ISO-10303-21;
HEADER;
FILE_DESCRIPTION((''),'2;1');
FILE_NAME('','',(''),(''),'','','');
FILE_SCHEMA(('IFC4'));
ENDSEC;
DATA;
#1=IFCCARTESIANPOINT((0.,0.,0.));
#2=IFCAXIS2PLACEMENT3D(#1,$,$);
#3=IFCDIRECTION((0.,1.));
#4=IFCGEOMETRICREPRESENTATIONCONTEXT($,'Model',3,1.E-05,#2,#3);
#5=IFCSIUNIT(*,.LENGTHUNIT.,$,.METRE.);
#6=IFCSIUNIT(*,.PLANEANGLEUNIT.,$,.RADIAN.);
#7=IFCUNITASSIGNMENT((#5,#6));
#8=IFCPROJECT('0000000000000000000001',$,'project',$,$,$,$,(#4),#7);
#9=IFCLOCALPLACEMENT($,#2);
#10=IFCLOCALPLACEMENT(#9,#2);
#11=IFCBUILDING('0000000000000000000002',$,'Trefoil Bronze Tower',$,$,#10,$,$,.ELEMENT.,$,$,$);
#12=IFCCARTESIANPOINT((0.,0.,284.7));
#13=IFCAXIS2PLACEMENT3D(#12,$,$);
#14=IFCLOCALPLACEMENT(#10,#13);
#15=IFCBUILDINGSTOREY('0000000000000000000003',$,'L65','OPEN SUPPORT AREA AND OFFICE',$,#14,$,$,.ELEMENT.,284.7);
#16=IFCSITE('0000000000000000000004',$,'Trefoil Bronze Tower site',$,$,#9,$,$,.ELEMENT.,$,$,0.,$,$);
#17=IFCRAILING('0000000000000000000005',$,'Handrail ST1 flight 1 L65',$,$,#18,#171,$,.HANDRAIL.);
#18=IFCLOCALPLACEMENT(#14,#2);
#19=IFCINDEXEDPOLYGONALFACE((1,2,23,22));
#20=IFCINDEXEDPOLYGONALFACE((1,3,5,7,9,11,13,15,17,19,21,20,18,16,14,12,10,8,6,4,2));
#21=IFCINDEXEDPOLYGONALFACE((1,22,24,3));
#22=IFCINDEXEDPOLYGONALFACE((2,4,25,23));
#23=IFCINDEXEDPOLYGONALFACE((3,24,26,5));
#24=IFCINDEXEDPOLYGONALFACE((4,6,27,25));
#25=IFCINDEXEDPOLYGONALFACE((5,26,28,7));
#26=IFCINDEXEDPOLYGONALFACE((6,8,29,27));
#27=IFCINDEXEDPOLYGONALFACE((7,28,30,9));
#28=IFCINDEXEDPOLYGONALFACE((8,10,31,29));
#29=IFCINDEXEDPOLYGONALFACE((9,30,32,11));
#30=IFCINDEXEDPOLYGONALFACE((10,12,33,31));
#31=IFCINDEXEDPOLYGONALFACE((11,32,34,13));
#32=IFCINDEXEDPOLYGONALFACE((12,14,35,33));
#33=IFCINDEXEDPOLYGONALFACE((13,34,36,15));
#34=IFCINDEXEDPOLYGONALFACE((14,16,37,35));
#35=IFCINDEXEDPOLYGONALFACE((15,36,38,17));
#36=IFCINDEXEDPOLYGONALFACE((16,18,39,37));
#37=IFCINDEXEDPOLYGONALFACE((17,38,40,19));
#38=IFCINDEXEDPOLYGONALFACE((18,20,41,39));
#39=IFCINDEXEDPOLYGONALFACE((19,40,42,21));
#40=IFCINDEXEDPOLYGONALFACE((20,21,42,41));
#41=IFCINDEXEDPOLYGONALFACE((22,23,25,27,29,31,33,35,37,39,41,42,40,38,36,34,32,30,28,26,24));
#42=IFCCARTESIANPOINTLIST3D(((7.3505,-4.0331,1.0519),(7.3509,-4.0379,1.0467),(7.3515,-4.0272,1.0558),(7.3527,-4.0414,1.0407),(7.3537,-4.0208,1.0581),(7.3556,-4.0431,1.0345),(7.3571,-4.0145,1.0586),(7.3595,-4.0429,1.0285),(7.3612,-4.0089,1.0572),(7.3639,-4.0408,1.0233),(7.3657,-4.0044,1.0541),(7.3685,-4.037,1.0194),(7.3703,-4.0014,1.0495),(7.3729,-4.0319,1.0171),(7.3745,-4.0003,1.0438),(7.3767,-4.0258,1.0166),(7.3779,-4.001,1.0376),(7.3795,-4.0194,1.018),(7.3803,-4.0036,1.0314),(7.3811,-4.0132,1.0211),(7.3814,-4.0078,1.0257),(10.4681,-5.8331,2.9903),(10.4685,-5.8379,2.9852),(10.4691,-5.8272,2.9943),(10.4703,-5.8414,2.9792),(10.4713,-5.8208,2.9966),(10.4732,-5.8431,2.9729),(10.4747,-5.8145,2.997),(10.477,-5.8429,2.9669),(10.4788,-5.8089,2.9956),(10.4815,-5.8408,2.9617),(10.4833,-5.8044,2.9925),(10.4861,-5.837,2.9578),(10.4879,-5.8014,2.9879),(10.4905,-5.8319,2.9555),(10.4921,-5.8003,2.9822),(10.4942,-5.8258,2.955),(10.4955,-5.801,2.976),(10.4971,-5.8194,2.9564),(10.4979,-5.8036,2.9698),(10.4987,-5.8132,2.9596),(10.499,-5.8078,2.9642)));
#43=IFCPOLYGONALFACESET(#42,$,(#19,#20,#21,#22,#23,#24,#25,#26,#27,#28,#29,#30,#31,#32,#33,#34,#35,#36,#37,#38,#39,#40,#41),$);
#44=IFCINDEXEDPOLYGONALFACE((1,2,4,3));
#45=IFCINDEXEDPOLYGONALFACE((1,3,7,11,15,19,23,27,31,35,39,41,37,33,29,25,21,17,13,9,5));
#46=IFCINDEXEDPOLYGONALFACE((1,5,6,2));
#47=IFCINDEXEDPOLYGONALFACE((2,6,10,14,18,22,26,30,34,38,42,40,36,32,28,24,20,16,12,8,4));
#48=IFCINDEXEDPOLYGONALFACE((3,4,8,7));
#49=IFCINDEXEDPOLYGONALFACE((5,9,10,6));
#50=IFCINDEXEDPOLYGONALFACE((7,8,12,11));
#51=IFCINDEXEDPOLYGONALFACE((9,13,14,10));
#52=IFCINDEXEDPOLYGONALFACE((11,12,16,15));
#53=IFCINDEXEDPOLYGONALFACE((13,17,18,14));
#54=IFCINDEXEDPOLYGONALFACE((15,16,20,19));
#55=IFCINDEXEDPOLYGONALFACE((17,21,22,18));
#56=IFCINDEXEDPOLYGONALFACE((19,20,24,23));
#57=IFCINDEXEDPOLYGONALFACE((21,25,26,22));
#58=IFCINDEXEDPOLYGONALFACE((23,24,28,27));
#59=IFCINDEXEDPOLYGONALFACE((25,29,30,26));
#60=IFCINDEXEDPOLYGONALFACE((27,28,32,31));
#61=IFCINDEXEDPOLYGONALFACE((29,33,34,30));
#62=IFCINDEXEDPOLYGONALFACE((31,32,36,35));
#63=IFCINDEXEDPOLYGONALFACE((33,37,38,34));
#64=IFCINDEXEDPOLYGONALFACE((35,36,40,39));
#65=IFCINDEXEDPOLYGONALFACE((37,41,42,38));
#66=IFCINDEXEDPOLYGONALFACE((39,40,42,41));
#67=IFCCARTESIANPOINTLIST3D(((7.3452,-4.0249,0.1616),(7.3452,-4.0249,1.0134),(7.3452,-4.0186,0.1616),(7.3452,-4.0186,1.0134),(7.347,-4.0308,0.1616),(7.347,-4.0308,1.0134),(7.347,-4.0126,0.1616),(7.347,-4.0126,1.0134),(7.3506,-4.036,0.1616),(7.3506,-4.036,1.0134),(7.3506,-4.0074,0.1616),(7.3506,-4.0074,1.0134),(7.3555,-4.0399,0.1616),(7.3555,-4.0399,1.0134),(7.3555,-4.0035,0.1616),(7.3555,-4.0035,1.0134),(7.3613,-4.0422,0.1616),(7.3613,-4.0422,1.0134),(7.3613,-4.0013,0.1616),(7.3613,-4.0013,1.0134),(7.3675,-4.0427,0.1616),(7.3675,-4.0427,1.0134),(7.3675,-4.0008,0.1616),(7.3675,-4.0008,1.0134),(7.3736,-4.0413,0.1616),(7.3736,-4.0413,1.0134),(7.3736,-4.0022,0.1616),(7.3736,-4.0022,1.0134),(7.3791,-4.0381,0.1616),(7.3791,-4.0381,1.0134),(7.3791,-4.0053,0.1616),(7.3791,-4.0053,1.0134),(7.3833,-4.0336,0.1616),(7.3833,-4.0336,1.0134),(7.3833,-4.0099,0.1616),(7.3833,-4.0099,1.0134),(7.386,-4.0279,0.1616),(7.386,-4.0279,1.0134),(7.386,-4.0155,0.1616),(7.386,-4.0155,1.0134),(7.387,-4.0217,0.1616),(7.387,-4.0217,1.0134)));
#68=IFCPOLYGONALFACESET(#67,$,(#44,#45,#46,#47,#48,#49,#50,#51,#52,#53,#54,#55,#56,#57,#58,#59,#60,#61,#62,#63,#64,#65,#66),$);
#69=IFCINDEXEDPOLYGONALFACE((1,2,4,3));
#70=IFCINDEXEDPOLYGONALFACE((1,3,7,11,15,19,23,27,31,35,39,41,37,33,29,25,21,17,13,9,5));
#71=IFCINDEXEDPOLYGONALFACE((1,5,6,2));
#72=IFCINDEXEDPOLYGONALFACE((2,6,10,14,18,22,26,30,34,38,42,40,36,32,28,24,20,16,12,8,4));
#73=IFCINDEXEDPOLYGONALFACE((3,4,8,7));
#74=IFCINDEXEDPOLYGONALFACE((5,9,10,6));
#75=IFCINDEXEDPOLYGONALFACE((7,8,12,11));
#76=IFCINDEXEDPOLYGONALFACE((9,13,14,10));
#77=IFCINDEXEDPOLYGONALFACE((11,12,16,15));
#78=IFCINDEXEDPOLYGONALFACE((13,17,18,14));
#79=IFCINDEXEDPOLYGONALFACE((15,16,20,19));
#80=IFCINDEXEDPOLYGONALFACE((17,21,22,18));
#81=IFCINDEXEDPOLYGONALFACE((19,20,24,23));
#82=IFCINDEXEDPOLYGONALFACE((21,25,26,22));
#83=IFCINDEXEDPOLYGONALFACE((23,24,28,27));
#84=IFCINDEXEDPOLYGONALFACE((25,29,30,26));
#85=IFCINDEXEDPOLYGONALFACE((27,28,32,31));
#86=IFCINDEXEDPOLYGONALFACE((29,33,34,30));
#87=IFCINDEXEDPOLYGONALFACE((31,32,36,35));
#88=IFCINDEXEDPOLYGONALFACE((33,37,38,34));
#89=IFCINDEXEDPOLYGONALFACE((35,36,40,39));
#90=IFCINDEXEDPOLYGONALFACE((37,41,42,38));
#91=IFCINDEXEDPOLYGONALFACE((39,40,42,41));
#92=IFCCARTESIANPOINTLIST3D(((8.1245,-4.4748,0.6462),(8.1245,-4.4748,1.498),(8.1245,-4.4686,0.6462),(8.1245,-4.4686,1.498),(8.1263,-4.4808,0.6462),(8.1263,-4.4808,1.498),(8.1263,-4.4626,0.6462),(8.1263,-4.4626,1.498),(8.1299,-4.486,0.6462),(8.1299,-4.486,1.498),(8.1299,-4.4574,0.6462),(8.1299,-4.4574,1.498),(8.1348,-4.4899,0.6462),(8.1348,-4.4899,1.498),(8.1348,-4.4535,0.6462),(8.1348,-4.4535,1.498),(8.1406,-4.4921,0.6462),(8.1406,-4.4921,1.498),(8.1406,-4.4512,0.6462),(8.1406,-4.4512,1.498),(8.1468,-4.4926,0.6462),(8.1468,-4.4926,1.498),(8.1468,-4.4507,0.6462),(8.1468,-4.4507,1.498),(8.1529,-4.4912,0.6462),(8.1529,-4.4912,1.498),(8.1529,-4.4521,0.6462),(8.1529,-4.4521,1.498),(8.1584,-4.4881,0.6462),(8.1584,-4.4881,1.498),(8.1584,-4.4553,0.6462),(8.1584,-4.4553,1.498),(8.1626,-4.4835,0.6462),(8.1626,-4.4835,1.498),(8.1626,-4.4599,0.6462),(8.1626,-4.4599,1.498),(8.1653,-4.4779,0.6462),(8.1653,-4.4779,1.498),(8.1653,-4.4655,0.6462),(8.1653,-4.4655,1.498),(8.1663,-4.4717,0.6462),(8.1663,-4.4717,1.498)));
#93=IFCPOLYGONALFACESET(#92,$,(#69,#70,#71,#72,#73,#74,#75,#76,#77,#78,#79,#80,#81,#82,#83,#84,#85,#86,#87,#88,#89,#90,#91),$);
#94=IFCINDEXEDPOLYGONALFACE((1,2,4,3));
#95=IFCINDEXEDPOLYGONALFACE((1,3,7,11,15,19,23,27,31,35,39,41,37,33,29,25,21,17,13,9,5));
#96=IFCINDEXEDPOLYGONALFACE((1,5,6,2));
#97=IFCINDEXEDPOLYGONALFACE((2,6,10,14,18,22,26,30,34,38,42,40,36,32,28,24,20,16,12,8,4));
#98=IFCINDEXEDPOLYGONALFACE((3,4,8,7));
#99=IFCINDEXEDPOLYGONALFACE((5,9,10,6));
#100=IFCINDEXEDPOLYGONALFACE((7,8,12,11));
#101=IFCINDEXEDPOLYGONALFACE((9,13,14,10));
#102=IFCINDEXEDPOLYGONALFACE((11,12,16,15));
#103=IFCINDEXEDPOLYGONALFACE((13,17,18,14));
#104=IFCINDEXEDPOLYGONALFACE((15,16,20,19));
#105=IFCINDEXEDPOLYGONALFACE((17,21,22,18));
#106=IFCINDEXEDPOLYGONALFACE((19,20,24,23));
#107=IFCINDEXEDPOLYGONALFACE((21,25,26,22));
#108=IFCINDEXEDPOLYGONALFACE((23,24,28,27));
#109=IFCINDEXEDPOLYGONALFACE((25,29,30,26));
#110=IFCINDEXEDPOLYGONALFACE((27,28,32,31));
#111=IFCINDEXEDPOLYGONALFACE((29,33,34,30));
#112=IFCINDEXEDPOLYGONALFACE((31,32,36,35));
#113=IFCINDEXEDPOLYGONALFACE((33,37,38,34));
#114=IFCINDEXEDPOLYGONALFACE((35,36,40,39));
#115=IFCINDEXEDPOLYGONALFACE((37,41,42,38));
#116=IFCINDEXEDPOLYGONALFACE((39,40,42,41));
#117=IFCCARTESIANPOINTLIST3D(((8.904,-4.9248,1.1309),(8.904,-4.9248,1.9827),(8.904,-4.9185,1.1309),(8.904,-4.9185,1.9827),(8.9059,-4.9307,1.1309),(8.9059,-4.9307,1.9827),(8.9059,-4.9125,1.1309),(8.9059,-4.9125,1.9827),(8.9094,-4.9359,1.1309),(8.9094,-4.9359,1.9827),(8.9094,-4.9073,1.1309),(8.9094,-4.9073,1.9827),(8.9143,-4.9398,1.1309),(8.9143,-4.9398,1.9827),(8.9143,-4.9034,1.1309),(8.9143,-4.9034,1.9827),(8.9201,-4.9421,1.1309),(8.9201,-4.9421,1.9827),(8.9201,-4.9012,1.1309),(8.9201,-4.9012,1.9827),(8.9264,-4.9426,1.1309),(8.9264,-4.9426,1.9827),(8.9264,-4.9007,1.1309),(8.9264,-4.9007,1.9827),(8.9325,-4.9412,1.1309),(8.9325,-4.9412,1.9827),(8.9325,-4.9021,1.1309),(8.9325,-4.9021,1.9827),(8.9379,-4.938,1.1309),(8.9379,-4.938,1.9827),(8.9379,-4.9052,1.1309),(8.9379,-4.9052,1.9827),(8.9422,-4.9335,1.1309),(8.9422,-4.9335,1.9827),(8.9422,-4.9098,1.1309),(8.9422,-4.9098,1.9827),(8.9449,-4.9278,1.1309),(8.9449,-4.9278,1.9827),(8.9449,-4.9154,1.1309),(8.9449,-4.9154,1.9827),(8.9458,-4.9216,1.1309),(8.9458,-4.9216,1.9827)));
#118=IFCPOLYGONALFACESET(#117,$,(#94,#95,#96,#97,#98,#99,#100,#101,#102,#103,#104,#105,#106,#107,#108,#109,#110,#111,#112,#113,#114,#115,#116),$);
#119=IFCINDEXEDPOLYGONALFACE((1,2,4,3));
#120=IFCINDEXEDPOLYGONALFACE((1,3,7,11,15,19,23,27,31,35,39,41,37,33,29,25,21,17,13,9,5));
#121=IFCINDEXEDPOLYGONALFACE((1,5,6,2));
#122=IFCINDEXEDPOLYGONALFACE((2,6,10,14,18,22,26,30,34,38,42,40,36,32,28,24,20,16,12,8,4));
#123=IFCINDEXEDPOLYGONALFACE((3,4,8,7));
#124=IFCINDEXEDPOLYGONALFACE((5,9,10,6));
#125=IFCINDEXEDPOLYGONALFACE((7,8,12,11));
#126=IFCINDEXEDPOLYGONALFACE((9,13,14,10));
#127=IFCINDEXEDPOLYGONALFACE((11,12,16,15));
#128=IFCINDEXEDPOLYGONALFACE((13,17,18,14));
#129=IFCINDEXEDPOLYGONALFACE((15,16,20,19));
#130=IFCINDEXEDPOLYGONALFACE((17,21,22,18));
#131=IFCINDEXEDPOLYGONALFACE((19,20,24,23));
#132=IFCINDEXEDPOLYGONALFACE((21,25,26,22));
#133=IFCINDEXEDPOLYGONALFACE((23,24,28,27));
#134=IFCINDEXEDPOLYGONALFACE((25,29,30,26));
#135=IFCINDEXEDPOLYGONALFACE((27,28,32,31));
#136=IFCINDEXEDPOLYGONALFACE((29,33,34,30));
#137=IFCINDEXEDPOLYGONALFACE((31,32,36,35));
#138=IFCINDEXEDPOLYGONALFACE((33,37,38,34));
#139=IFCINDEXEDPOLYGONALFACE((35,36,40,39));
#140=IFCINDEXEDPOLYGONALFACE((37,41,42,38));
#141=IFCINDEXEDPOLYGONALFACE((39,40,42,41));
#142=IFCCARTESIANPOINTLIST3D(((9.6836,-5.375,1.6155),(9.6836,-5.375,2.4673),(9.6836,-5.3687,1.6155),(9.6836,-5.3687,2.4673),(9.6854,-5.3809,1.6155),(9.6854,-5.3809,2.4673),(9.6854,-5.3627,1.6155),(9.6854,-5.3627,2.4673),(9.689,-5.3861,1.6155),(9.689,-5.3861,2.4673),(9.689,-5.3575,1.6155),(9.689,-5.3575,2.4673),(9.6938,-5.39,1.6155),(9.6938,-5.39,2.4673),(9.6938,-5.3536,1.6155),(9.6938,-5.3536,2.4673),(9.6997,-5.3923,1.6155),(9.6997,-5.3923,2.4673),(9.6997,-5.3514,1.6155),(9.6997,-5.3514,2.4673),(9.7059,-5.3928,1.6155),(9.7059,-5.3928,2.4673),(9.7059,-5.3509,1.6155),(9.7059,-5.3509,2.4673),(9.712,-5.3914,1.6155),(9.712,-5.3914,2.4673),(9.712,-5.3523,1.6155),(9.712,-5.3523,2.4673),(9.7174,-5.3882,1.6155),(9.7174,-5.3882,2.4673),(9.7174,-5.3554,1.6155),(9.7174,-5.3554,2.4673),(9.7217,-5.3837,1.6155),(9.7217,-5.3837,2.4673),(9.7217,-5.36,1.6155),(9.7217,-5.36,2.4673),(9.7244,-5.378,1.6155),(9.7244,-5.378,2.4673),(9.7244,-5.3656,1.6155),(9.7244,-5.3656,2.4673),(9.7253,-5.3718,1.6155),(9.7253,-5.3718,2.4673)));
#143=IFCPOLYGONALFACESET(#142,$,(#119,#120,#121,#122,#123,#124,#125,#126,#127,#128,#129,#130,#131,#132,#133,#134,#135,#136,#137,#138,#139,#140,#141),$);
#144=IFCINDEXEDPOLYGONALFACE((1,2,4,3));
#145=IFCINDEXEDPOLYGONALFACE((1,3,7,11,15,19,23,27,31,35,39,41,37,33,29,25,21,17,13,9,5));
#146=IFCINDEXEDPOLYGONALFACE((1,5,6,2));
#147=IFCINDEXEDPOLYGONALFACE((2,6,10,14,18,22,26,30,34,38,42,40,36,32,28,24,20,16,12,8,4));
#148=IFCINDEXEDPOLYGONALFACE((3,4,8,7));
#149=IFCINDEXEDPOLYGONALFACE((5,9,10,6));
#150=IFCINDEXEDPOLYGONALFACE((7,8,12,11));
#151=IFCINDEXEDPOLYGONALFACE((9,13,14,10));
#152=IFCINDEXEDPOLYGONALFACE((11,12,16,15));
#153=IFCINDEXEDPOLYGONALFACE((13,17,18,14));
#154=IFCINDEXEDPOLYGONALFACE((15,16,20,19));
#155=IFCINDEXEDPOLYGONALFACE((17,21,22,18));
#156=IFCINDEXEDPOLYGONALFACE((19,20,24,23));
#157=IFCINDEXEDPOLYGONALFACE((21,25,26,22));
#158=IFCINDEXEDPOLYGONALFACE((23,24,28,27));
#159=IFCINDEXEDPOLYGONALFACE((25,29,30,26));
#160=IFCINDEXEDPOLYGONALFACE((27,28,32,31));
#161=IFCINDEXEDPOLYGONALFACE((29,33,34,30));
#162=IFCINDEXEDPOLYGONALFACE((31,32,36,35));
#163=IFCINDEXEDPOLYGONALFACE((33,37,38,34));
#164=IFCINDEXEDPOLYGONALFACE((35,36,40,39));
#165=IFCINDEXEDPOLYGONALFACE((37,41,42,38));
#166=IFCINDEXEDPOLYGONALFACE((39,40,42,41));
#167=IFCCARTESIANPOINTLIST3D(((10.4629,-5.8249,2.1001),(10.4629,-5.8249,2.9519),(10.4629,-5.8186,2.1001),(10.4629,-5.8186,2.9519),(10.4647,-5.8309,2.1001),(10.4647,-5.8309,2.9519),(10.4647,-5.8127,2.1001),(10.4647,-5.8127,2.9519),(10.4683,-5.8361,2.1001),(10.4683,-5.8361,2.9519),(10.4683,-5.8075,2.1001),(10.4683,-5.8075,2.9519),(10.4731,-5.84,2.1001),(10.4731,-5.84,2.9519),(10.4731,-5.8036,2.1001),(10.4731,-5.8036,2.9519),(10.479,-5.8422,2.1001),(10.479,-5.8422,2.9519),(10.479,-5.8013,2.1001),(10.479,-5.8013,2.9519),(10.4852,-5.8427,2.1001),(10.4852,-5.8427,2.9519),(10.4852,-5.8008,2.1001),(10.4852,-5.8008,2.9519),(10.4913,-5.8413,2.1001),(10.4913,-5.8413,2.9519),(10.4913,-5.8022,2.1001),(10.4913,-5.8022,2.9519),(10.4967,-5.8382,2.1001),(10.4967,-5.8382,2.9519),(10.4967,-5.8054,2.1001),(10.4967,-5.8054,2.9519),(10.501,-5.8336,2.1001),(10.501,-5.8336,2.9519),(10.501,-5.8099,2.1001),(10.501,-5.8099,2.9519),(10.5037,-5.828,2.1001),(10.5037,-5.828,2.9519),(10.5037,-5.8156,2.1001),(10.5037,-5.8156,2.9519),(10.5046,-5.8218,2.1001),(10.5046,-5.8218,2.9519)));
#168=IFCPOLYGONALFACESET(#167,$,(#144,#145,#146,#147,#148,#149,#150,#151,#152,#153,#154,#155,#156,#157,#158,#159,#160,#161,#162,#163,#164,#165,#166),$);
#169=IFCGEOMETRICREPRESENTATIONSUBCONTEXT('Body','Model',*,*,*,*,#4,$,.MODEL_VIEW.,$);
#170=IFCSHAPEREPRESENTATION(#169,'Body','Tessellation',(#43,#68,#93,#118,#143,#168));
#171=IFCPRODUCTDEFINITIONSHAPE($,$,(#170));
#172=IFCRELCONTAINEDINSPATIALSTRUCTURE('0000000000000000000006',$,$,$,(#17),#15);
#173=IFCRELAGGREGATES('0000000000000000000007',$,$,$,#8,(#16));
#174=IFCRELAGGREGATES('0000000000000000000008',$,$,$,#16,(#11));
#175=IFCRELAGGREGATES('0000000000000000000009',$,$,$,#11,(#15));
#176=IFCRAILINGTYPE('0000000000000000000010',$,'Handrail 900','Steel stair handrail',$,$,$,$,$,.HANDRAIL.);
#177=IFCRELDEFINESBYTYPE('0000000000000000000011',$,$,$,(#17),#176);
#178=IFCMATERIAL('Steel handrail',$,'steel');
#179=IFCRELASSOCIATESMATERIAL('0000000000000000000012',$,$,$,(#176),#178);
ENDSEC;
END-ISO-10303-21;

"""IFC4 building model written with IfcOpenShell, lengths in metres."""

from ifc_helpers import new_model, si_unit, direction, frame, origin, origin_2d, place, context, subcontext, project, spatial, circle, extrude, material, type_object, element, save


model = new_model("IFC4")

# Units and contexts
model_context = context("Model", 3, precision=1e-05, world=origin(), true_north=direction((0.0, 1.0)))
body_context = subcontext(model_context, "Body", "Model", "MODEL_VIEW")
ifc_project = project(units=[si_unit("LENGTHUNIT", "METRE"), si_unit("PLANEANGLEUNIT", "RADIAN")], contexts=[model_context])

# Site, building, storey
site_placement = place(None, origin())
site = spatial("IfcSite", under=ifc_project, at=site_placement, Name="Trefoil Bronze Tower site", CompositionType="ELEMENT", RefElevation=0.0)
building_placement = place(site_placement, origin())
building = spatial("IfcBuilding", under=site, at=building_placement, Name="Trefoil Bronze Tower", CompositionType="ELEMENT")
storey_placement = place(building_placement, frame((0.0, 0.0, 284.7)))
storey = spatial("IfcBuildingStorey", under=building, at=storey_placement, Name="L65", Description="OPEN SUPPORT AREA AND OFFICE", CompositionType="ELEMENT", Elevation=284.7)

# Railing
ifc_material_1 = material(Name="Steel handrail", Category="steel")
railing_type = type_object("IfcRailingType", Name="Handrail 900", Description="Steel stair handrail", PredefinedType="HANDRAIL", material=ifc_material_1)
railing_1_placement = place(storey_placement, frame((7.366, -4.0217, 0.1616)))
element("IfcRailing", 1, at=railing_1_placement, inside=storey, type_object=railing_type, Name="Handrail ST1 flight 1 L65", PredefinedType="HANDRAIL", context=body_context, shape_type="SweptSolid", body=[
    extrude(circle(Radius=0.0239, at=origin_2d()), frame((0.0, 0.0, 0.876), z_axis=(0.762503, -0.440246, 0.474102), x_axis=(0.500012, 0.866018, 0.0)), (0.0, 0.0, 1.0), 4.0886),
    extrude(circle(Radius=0.021, at=origin_2d()), origin(), (0.0, 0.0, 1.0), 0.8518),
    extrude(circle(Radius=0.021, at=origin_2d()), frame((0.7793, -0.45, 0.4846)), (0.0, 0.0, 1.0), 0.8518),
    extrude(circle(Radius=0.021, at=origin_2d()), frame((1.5588, -0.8999, 0.9692)), (0.0, 0.0, 1.0), 0.8518),
    extrude(circle(Radius=0.021, at=origin_2d()), frame((2.3384, -1.3501, 1.4539)), (0.0, 0.0, 1.0), 0.8518),
    extrude(circle(Radius=0.021, at=origin_2d()), frame((3.1177, -1.8, 1.9385)), (0.0, 0.0, 1.0), 0.8518),
])

save(model, "model.ifc")
